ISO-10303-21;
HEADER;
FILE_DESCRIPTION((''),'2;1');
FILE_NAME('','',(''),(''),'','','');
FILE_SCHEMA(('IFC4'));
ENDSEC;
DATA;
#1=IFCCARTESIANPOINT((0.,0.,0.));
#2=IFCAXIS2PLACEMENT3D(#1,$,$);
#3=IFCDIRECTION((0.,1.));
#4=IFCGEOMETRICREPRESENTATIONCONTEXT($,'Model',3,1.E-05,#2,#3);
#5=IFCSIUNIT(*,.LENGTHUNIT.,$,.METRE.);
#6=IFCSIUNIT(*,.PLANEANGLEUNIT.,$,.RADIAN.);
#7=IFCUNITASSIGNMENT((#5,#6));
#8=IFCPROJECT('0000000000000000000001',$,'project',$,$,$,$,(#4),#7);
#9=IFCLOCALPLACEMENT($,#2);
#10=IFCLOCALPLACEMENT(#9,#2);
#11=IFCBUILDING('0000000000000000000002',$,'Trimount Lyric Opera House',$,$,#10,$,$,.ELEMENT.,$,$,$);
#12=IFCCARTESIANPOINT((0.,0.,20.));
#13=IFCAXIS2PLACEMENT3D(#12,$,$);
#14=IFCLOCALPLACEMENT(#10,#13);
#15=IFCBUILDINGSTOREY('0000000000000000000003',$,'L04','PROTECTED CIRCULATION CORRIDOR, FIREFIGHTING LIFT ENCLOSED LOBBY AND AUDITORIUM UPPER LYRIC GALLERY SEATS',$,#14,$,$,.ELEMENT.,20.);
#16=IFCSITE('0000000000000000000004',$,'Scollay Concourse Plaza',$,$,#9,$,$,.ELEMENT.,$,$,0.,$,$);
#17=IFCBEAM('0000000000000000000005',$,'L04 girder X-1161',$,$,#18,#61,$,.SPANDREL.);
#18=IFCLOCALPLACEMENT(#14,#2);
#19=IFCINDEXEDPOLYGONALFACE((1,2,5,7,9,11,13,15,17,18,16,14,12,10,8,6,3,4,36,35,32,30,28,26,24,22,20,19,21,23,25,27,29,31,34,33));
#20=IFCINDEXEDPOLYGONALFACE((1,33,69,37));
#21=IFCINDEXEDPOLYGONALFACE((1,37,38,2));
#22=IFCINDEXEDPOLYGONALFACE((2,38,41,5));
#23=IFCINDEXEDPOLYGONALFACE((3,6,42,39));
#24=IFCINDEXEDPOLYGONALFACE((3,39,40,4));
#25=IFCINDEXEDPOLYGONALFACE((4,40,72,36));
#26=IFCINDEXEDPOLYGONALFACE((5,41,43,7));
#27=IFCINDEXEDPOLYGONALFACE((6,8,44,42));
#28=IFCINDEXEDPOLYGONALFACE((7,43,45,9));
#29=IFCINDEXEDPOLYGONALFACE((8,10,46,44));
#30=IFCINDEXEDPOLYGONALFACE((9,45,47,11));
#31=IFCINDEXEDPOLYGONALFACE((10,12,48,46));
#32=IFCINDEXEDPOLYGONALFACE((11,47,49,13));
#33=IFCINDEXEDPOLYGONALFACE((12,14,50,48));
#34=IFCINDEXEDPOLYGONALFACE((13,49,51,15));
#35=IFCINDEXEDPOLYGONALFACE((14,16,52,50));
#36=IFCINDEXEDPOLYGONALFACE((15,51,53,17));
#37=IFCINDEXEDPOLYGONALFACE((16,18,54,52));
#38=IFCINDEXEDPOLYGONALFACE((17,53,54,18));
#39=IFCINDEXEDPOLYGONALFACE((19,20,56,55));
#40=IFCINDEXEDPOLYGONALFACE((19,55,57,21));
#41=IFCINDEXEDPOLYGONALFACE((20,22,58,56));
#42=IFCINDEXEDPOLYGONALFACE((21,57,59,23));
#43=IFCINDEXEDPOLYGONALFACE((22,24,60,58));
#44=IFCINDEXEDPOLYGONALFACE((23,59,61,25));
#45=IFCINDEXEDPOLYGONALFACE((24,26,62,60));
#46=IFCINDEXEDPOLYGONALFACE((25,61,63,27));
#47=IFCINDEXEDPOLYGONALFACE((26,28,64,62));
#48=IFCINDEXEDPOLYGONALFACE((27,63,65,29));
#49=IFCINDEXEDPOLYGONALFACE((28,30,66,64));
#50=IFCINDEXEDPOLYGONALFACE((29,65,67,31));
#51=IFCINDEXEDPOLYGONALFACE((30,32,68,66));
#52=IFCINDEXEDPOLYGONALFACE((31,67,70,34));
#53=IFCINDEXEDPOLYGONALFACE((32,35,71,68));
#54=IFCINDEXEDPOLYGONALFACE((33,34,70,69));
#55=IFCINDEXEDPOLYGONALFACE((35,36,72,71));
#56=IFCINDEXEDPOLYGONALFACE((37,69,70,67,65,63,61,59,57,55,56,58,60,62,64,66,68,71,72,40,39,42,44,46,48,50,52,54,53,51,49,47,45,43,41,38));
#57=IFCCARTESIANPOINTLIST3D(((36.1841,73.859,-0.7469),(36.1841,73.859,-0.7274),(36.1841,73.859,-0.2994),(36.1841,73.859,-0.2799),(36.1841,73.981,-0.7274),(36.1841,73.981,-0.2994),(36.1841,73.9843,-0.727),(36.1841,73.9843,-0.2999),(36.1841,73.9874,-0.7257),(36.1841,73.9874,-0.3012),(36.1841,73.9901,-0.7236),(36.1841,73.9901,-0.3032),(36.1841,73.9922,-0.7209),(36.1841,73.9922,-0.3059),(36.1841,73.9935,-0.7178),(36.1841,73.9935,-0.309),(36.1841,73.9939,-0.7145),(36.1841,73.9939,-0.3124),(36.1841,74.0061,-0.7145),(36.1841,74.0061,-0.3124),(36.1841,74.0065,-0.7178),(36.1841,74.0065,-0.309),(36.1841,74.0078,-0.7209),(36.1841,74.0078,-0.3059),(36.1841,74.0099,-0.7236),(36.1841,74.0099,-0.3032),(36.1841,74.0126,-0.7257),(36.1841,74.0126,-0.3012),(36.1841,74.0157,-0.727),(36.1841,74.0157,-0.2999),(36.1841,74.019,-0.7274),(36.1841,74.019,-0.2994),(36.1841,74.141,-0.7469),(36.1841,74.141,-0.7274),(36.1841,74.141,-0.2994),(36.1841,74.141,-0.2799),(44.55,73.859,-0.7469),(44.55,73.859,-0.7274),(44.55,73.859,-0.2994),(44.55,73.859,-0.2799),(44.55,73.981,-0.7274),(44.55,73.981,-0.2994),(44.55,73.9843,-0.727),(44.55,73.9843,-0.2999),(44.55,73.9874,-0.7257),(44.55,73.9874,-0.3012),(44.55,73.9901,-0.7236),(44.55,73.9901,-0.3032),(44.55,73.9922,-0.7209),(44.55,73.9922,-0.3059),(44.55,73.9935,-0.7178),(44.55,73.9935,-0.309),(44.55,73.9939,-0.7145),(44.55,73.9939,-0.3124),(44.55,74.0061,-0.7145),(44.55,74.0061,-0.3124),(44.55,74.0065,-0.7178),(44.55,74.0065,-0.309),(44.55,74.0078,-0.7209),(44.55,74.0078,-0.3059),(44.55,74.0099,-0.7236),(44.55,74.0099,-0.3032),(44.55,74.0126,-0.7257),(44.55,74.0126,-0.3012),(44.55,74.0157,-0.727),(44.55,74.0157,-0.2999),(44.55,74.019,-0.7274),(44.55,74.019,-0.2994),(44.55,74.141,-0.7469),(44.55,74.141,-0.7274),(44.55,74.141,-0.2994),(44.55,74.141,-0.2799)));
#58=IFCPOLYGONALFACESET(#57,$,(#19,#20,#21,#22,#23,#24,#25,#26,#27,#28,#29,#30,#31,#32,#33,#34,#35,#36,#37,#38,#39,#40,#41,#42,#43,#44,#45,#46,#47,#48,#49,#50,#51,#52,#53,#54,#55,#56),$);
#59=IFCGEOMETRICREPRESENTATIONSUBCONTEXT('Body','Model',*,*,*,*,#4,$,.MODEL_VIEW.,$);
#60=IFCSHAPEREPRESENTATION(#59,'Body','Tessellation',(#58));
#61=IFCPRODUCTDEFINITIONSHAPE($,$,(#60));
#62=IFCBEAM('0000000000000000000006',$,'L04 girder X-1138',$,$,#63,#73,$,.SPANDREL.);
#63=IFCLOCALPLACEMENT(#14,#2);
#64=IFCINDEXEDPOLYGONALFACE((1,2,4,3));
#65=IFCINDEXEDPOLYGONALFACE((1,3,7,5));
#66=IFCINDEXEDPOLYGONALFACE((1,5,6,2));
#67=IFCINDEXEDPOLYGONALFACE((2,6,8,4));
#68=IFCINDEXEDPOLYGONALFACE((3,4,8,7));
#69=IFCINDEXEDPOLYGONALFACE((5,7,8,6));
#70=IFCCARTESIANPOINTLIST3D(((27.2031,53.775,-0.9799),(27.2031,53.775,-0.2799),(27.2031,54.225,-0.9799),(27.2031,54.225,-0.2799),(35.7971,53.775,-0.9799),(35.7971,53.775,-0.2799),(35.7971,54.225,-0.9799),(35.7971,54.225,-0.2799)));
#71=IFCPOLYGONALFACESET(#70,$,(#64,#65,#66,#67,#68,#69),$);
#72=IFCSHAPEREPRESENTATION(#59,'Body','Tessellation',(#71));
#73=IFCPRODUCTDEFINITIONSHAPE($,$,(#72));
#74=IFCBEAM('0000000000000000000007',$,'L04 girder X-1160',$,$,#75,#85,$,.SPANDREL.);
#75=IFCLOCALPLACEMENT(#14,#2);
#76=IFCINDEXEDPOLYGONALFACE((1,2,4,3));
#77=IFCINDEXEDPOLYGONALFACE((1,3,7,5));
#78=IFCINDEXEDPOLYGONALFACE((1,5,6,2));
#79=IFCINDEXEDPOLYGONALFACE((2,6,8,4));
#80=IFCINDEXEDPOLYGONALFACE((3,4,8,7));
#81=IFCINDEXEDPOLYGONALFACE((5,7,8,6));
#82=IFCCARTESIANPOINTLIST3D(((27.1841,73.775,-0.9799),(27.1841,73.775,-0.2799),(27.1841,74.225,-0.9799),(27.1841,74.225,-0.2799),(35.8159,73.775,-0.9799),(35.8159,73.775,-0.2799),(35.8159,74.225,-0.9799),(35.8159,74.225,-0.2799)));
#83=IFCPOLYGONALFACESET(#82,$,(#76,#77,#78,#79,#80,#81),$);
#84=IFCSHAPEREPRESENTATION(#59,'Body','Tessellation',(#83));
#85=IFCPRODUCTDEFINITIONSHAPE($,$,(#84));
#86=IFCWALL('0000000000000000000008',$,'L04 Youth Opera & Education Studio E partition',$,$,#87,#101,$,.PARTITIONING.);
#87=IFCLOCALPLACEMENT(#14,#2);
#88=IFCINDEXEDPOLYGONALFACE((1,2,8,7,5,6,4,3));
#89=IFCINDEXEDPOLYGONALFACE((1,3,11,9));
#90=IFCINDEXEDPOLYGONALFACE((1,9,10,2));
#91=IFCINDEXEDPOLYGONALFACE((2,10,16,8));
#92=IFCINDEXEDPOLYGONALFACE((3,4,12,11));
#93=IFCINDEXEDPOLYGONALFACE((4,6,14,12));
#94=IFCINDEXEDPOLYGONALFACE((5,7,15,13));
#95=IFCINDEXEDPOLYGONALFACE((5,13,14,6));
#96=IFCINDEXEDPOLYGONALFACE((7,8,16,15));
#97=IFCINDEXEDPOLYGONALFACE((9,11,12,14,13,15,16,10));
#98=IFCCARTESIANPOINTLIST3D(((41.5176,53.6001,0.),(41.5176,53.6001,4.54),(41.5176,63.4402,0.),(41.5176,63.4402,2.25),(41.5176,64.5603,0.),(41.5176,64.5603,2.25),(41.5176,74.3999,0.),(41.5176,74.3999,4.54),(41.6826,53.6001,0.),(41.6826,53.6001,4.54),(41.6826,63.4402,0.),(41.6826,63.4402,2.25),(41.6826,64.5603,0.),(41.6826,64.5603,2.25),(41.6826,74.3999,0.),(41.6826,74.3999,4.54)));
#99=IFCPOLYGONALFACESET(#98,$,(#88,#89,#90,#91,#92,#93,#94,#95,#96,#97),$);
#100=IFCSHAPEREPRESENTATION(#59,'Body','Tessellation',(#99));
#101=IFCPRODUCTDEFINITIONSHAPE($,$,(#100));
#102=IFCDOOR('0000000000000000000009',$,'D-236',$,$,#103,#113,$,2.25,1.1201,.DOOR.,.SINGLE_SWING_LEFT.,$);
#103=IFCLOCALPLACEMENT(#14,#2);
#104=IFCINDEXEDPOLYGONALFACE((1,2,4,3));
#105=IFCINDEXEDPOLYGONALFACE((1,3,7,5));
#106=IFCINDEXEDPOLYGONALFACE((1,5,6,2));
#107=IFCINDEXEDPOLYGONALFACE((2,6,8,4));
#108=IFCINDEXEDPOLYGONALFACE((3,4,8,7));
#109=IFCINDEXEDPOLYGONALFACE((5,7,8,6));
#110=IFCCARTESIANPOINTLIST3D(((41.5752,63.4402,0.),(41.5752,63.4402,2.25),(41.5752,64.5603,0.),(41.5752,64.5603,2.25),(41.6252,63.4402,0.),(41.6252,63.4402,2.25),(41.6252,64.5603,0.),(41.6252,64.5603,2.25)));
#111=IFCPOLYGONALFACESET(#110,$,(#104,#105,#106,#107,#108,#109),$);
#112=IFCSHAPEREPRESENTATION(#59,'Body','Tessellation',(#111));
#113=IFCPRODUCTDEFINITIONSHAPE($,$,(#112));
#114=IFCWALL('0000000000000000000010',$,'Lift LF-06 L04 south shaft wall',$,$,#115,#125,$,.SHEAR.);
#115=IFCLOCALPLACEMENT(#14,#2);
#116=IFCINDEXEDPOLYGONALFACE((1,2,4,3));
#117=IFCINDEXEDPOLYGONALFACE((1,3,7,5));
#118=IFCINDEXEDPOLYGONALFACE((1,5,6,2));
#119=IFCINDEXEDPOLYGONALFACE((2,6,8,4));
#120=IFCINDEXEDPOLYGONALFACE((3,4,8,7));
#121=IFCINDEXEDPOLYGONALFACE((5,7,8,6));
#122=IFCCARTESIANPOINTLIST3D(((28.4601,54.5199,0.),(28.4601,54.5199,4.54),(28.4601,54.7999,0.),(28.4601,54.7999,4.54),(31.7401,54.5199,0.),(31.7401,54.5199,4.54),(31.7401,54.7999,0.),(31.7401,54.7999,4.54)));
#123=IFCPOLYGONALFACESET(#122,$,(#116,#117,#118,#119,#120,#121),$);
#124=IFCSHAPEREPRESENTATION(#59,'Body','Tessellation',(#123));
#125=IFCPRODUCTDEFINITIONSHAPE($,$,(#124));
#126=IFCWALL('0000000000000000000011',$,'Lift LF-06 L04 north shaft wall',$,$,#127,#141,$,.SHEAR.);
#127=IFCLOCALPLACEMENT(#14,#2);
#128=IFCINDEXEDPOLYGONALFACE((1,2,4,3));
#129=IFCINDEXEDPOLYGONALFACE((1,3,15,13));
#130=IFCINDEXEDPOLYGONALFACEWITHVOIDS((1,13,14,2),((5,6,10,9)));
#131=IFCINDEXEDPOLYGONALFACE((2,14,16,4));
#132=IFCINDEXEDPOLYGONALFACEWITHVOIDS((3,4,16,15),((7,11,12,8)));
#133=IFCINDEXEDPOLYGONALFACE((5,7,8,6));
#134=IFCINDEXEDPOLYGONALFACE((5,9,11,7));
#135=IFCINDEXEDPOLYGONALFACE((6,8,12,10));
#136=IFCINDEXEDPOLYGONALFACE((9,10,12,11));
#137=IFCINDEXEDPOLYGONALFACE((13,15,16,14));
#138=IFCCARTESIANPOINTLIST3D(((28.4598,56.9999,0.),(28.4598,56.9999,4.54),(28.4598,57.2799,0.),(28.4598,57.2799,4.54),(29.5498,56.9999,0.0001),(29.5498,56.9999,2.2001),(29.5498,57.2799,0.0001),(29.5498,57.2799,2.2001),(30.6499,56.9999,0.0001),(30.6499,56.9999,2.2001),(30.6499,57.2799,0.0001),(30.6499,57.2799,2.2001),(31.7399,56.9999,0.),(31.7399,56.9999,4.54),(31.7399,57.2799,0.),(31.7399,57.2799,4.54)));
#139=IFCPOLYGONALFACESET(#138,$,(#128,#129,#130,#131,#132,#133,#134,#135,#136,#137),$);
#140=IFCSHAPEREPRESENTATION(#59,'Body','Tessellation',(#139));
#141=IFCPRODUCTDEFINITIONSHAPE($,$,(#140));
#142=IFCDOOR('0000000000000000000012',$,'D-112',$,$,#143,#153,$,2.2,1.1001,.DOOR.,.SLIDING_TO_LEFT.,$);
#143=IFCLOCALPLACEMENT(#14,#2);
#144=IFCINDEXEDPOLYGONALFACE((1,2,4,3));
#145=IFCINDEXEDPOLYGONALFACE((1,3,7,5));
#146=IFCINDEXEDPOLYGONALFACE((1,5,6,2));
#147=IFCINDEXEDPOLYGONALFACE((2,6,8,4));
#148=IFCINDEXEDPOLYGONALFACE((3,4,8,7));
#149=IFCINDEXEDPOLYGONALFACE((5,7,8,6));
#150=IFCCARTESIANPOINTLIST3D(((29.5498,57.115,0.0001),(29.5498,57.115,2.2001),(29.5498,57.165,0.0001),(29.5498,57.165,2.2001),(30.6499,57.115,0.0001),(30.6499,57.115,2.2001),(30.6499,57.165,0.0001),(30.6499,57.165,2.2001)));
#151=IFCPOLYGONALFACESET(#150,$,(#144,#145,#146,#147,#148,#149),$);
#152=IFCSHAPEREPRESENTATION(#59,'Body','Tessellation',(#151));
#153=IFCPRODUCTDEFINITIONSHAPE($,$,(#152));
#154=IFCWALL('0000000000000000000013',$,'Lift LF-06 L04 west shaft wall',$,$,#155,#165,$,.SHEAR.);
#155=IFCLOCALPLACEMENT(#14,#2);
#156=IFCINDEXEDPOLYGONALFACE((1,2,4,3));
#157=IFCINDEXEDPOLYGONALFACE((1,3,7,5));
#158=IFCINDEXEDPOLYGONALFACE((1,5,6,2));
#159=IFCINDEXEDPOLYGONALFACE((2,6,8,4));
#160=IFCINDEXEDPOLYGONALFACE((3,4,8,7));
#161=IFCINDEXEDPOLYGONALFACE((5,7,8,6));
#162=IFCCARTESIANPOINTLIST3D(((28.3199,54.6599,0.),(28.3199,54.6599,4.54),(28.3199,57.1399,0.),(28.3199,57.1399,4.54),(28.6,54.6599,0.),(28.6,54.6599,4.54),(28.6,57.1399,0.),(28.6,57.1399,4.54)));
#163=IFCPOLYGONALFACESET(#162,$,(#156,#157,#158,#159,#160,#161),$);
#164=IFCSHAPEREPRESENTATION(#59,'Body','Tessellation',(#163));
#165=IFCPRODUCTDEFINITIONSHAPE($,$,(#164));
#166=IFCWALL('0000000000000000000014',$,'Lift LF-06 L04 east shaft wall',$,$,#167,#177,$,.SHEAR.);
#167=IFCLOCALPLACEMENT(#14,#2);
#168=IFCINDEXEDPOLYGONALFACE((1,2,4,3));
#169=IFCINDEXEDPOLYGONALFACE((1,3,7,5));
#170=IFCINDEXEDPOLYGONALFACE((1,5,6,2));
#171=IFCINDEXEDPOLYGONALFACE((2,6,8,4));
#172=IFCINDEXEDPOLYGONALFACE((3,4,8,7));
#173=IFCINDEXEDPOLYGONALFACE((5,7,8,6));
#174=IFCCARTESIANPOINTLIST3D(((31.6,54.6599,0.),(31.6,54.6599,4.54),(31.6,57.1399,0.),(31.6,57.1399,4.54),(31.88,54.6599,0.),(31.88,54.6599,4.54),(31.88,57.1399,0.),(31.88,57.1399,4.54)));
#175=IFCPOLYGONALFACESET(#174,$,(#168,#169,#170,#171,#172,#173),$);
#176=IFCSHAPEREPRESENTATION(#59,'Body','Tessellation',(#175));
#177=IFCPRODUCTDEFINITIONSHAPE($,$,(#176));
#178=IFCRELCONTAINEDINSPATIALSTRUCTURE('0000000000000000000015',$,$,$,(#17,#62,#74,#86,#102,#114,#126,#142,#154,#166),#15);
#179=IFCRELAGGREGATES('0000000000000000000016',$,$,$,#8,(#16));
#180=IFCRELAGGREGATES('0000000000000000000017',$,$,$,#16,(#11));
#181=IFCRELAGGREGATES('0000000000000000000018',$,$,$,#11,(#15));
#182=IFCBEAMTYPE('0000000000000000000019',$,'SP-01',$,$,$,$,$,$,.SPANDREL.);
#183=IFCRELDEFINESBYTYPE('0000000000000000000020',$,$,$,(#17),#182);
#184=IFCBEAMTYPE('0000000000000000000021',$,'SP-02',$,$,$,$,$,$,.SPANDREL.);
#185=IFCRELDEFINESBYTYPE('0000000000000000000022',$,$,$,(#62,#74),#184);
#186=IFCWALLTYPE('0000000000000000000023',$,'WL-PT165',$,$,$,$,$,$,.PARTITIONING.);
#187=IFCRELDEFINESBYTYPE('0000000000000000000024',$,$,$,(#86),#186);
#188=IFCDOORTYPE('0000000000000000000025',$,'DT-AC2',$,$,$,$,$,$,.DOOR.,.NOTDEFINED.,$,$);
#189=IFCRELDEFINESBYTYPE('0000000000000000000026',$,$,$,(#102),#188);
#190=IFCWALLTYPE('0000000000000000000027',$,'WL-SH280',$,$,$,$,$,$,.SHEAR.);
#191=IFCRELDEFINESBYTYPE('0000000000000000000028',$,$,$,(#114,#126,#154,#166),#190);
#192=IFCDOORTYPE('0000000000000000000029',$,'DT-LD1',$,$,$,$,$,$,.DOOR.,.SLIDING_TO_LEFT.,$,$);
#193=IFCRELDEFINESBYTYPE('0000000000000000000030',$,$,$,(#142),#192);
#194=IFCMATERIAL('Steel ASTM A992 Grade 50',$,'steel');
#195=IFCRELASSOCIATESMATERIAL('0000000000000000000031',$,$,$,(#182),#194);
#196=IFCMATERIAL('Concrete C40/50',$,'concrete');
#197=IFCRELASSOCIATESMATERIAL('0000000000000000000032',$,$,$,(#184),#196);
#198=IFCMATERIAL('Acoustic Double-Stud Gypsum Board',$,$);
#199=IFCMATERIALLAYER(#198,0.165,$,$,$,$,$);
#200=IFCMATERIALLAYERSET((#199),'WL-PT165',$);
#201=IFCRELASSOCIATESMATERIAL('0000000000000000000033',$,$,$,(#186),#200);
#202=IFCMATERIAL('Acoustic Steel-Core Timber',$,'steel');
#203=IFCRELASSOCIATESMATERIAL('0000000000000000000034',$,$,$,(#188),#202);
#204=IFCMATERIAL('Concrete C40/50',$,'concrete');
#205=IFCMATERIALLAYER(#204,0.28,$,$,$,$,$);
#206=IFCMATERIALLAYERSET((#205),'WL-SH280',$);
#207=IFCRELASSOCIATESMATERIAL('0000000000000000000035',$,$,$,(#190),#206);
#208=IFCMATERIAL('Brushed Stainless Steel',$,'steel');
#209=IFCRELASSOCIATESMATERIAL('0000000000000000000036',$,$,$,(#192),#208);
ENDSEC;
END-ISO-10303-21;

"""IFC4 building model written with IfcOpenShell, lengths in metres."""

from ifc_helpers import new_model, si_unit, direction, frame, frame_2d, origin, origin_2d, place, context, subcontext, project, spatial, rectangle, i_section, extrude, material, layer, layer_set, material_profile, profile_set, type_object, element, fill, save


model = new_model("IFC4")

# Units and contexts
model_context = context("Model", 3, precision=1e-05, world=origin(), true_north=direction((0.0, 1.0)))
body_context = subcontext(model_context, "Body", "Model", "MODEL_VIEW")
ifc_project = project(units=[si_unit("LENGTHUNIT", "METRE"), si_unit("PLANEANGLEUNIT", "RADIAN")], contexts=[model_context])

# Site, building, storey
site_placement = place(None, origin())
site = spatial("IfcSite", under=ifc_project, at=site_placement, Name="Scollay Concourse Plaza", CompositionType="ELEMENT", RefElevation=0.0)
building_placement = place(site_placement, origin())
building = spatial("IfcBuilding", under=site, at=building_placement, Name="Trimount Lyric Opera House", CompositionType="ELEMENT")
storey_placement = place(building_placement, frame((0.0, 0.0, 20.0)))
storey = spatial("IfcBuildingStorey", under=building, at=storey_placement, Name="L04", Description="PROTECTED CIRCULATION CORRIDOR, FIREFIGHTING LIFT ENCLOSED LOBBY AND AUDITORIUM UPPER LYRIC GALLERY SEATS", CompositionType="ELEMENT", Elevation=20.0)

# Beams
ifc_material_1 = material(Name="Steel ASTM A992 Grade 50", Category="steel")
ifc_material_profile_1 = material_profile(ifc_material_1, i_section(OverallWidth=0.282, OverallDepth=0.467, WebThickness=0.0122, FlangeThickness=0.0195, FilletRadius=0.0129, at=origin_2d()), Name="W18X86")
ifc_profile_set_1 = profile_set([ifc_material_profile_1], Name="Steel ASTM A992 Grade 50")
beam_type_1 = type_object("IfcBeamType", Name="SP-01", PredefinedType="SPANDREL", material=ifc_profile_set_1)
beam_1_placement = place(storey_placement, frame((36.1841, 74.0, -0.5134), z_axis=(1.0, 0.0, 0.0), x_axis=(0.0, 1.0, 0.0)))
element("IfcBeam", 1, at=beam_1_placement, inside=storey, type_object=beam_type_1, Name="L04 girder X-1161", PredefinedType="SPANDREL", context=body_context, shape_type="SweptSolid", body=[
    extrude(i_section(OverallWidth=0.282, OverallDepth=0.467, WebThickness=0.0122, FlangeThickness=0.0195, FilletRadius=0.0129, at=origin_2d()), origin(), (0.0, 0.0, 1.0), 8.366),
])
ifc_material_2 = material(Name="Concrete C40/50", Category="concrete")
ifc_material_profile_2 = material_profile(ifc_material_2, rectangle(XDim=0.45, YDim=0.7, at=origin_2d()), Name="RC450X700")
ifc_profile_set_2 = profile_set([ifc_material_profile_2], Name="Concrete C40/50")
beam_type_2 = type_object("IfcBeamType", Name="SP-02", PredefinedType="SPANDREL", material=ifc_profile_set_2)
beam_2_placement = place(storey_placement, frame((27.2031, 54.0, -0.6299), z_axis=(1.0, 0.0, 0.0), x_axis=(0.0, 1.0, 0.0)))
element("IfcBeam", 2, at=beam_2_placement, inside=storey, type_object=beam_type_2, Name="L04 girder X-1138", PredefinedType="SPANDREL", context=body_context, shape_type="SweptSolid", body=[
    extrude(rectangle(XDim=0.45, YDim=0.7, at=origin_2d()), origin(), (0.0, 0.0, 1.0), 8.594),
])
beam_3_placement = place(storey_placement, frame((27.1841, 74.0, -0.6299), z_axis=(1.0, 0.0, 0.0), x_axis=(0.0, 1.0, 0.0)))
element("IfcBeam", 3, at=beam_3_placement, inside=storey, type_object=beam_type_2, Name="L04 girder X-1160", PredefinedType="SPANDREL", context=body_context, shape_type="SweptSolid", body=[
    extrude(rectangle(XDim=0.45, YDim=0.7, at=origin_2d()), origin(), (0.0, 0.0, 1.0), 8.6318),
])

# Wall, opening, door
ifc_material_3 = material(Name="Acoustic Double-Stud Gypsum Board")
ifc_layer_1 = layer(ifc_material_3, 0.165)
ifc_layer_set_1 = layer_set([ifc_layer_1], Name="WL-PT165")
wall_type_1 = type_object("IfcWallType", Name="WL-PT165", PredefinedType="PARTITIONING", material=ifc_layer_set_1)
wall_1_placement = place(storey_placement, frame((41.6001, 53.6001, 0.0), z_axis=(0.0, 0.0, 1.0), x_axis=(0.0, 1.0, 0.0)))
wall_1 = element("IfcWall", 4, at=wall_1_placement, inside=storey, type_object=wall_type_1, Name="L04 Youth Opera & Education Studio E partition", PredefinedType="PARTITIONING", context=body_context, shape_type="SweptSolid", body=[
    extrude(rectangle(XDim=20.7998, YDim=0.165, at=frame_2d((10.3999, 0.0))), origin(), (0.0, 0.0, 1.0), 4.54),
])
opening_1_placement = place(wall_1_placement, frame((9.8401, 0.0, 0.0)))
opening_1 = element("IfcOpeningElement", 5, at=opening_1_placement, cuts=wall_1, PredefinedType="OPENING", context=body_context, shape_type="SweptSolid", body=[
    extrude(rectangle(XDim=1.1201, YDim=2.25, at=frame_2d((0.5601, 1.125))), frame((0.0, 0.0925, 0.0), z_axis=(0.0, -1.0, 0.0), x_axis=(1.0, 0.0, 0.0)), (0.0, 0.0, 1.0), 0.1851),
])
ifc_material_4 = material(Name="Acoustic Steel-Core Timber", Category="steel")
door_type_1 = type_object("IfcDoorType", Name="DT-AC2", OperationType="NOTDEFINED", PredefinedType="DOOR", material=ifc_material_4)
door_1_placement = place(opening_1_placement, origin())
door_1 = element("IfcDoor", 6, at=door_1_placement, inside=storey, type_object=door_type_1, Name="D-236", OperationType="SINGLE_SWING_LEFT", OverallHeight=2.25, OverallWidth=1.1201, PredefinedType="DOOR", context=body_context, shape_type="SweptSolid", body=[
    extrude(rectangle(XDim=1.1201, YDim=2.25, at=frame_2d((0.5601, 1.125))), frame((0.0, 0.0249, 0.0), z_axis=(0.0, -1.0, 0.0), x_axis=(1.0, 0.0, 0.0)), (0.0, 0.0, 1.0), 0.05),
])
fill(opening_1, door_1)

# Wall
ifc_material_5 = material(Name="Concrete C40/50", Category="concrete")
ifc_layer_2 = layer(ifc_material_5, 0.28)
ifc_layer_set_2 = layer_set([ifc_layer_2], Name="WL-SH280")
wall_type_2 = type_object("IfcWallType", Name="WL-SH280", PredefinedType="SHEAR", material=ifc_layer_set_2)
wall_2_placement = place(storey_placement, frame((28.46, 54.6599, 0.0), z_axis=(0.0, 0.0, 1.0), x_axis=(1.0, 0.0, 0.0)))
element("IfcWall", 7, at=wall_2_placement, inside=storey, type_object=wall_type_2, Name="Lift LF-06 L04 south shaft wall", PredefinedType="SHEAR", context=body_context, shape_type="SweptSolid", body=[
    extrude(rectangle(XDim=3.28, YDim=0.28, at=frame_2d((1.6401, 0.0))), origin(), (0.0, 0.0, 1.0), 4.54),
])

# Wall, opening, door
wall_3_placement = place(storey_placement, frame((31.74, 57.1399, 0.0), z_axis=(0.0, 0.0, 1.0), x_axis=(-1.0, 0.0, 0.0)))
wall_3 = element("IfcWall", 8, at=wall_3_placement, inside=storey, type_object=wall_type_2, Name="Lift LF-06 L04 north shaft wall", PredefinedType="SHEAR", context=body_context, shape_type="SweptSolid", body=[
    extrude(rectangle(XDim=3.28, YDim=0.28, at=frame_2d((1.6401, 0.0))), origin(), (0.0, 0.0, 1.0), 4.54),
])
opening_2_placement = place(wall_3_placement, frame((1.0901, 0.0, 0.0)))
opening_2 = element("IfcOpeningElement", 9, at=opening_2_placement, cuts=wall_3, PredefinedType="OPENING", context=body_context, shape_type="SweptSolid", body=[
    extrude(rectangle(XDim=1.1001, YDim=2.2, at=frame_2d((0.55, 1.1001))), frame((0.0, 0.1499, 0.0), z_axis=(0.0, -1.0, 0.0), x_axis=(1.0, 0.0, 0.0)), (0.0, 0.0, 1.0), 0.3),
])
ifc_material_6 = material(Name="Brushed Stainless Steel", Category="steel")
door_type_2 = type_object("IfcDoorType", Name="DT-LD1", OperationType="SLIDING_TO_LEFT", PredefinedType="DOOR", material=ifc_material_6)
door_2_placement = place(opening_2_placement, origin())
door_2 = element("IfcDoor", 10, at=door_2_placement, inside=storey, type_object=door_type_2, Name="D-112", OperationType="SLIDING_TO_LEFT", OverallHeight=2.2, OverallWidth=1.1001, PredefinedType="DOOR", context=body_context, shape_type="SweptSolid", body=[
    extrude(rectangle(XDim=1.1001, YDim=2.2, at=frame_2d((0.55, 1.1001))), frame((0.0, 0.0249, 0.0), z_axis=(0.0, -1.0, 0.0), x_axis=(1.0, 0.0, 0.0)), (0.0, 0.0, 1.0), 0.05),
])
fill(opening_2, door_2)

# Walls
for number, where, z_axis, x_axis, name in (
    (11, (28.46, 57.1399, 0.0), (0.0, 0.0, 1.0), (0.0, -1.0, 0.0), "Lift LF-06 L04 west shaft wall"),
    (12, (31.74, 54.6599, 0.0), (0.0, 0.0, 1.0), (0.0, 1.0, 0.0), "Lift LF-06 L04 east shaft wall"),
):
    element("IfcWall", number, at=place(storey_placement, frame(where, z_axis=z_axis, x_axis=x_axis)), inside=storey, type_object=wall_type_2, Name=name, PredefinedType="SHEAR", context=body_context, shape_type="SweptSolid", body=[
        extrude(rectangle(XDim=2.48, YDim=0.28, at=frame_2d((1.24, 0.0))), origin(), (0.0, 0.0, 1.0), 4.54),
    ])

save(model, "model.ifc")
